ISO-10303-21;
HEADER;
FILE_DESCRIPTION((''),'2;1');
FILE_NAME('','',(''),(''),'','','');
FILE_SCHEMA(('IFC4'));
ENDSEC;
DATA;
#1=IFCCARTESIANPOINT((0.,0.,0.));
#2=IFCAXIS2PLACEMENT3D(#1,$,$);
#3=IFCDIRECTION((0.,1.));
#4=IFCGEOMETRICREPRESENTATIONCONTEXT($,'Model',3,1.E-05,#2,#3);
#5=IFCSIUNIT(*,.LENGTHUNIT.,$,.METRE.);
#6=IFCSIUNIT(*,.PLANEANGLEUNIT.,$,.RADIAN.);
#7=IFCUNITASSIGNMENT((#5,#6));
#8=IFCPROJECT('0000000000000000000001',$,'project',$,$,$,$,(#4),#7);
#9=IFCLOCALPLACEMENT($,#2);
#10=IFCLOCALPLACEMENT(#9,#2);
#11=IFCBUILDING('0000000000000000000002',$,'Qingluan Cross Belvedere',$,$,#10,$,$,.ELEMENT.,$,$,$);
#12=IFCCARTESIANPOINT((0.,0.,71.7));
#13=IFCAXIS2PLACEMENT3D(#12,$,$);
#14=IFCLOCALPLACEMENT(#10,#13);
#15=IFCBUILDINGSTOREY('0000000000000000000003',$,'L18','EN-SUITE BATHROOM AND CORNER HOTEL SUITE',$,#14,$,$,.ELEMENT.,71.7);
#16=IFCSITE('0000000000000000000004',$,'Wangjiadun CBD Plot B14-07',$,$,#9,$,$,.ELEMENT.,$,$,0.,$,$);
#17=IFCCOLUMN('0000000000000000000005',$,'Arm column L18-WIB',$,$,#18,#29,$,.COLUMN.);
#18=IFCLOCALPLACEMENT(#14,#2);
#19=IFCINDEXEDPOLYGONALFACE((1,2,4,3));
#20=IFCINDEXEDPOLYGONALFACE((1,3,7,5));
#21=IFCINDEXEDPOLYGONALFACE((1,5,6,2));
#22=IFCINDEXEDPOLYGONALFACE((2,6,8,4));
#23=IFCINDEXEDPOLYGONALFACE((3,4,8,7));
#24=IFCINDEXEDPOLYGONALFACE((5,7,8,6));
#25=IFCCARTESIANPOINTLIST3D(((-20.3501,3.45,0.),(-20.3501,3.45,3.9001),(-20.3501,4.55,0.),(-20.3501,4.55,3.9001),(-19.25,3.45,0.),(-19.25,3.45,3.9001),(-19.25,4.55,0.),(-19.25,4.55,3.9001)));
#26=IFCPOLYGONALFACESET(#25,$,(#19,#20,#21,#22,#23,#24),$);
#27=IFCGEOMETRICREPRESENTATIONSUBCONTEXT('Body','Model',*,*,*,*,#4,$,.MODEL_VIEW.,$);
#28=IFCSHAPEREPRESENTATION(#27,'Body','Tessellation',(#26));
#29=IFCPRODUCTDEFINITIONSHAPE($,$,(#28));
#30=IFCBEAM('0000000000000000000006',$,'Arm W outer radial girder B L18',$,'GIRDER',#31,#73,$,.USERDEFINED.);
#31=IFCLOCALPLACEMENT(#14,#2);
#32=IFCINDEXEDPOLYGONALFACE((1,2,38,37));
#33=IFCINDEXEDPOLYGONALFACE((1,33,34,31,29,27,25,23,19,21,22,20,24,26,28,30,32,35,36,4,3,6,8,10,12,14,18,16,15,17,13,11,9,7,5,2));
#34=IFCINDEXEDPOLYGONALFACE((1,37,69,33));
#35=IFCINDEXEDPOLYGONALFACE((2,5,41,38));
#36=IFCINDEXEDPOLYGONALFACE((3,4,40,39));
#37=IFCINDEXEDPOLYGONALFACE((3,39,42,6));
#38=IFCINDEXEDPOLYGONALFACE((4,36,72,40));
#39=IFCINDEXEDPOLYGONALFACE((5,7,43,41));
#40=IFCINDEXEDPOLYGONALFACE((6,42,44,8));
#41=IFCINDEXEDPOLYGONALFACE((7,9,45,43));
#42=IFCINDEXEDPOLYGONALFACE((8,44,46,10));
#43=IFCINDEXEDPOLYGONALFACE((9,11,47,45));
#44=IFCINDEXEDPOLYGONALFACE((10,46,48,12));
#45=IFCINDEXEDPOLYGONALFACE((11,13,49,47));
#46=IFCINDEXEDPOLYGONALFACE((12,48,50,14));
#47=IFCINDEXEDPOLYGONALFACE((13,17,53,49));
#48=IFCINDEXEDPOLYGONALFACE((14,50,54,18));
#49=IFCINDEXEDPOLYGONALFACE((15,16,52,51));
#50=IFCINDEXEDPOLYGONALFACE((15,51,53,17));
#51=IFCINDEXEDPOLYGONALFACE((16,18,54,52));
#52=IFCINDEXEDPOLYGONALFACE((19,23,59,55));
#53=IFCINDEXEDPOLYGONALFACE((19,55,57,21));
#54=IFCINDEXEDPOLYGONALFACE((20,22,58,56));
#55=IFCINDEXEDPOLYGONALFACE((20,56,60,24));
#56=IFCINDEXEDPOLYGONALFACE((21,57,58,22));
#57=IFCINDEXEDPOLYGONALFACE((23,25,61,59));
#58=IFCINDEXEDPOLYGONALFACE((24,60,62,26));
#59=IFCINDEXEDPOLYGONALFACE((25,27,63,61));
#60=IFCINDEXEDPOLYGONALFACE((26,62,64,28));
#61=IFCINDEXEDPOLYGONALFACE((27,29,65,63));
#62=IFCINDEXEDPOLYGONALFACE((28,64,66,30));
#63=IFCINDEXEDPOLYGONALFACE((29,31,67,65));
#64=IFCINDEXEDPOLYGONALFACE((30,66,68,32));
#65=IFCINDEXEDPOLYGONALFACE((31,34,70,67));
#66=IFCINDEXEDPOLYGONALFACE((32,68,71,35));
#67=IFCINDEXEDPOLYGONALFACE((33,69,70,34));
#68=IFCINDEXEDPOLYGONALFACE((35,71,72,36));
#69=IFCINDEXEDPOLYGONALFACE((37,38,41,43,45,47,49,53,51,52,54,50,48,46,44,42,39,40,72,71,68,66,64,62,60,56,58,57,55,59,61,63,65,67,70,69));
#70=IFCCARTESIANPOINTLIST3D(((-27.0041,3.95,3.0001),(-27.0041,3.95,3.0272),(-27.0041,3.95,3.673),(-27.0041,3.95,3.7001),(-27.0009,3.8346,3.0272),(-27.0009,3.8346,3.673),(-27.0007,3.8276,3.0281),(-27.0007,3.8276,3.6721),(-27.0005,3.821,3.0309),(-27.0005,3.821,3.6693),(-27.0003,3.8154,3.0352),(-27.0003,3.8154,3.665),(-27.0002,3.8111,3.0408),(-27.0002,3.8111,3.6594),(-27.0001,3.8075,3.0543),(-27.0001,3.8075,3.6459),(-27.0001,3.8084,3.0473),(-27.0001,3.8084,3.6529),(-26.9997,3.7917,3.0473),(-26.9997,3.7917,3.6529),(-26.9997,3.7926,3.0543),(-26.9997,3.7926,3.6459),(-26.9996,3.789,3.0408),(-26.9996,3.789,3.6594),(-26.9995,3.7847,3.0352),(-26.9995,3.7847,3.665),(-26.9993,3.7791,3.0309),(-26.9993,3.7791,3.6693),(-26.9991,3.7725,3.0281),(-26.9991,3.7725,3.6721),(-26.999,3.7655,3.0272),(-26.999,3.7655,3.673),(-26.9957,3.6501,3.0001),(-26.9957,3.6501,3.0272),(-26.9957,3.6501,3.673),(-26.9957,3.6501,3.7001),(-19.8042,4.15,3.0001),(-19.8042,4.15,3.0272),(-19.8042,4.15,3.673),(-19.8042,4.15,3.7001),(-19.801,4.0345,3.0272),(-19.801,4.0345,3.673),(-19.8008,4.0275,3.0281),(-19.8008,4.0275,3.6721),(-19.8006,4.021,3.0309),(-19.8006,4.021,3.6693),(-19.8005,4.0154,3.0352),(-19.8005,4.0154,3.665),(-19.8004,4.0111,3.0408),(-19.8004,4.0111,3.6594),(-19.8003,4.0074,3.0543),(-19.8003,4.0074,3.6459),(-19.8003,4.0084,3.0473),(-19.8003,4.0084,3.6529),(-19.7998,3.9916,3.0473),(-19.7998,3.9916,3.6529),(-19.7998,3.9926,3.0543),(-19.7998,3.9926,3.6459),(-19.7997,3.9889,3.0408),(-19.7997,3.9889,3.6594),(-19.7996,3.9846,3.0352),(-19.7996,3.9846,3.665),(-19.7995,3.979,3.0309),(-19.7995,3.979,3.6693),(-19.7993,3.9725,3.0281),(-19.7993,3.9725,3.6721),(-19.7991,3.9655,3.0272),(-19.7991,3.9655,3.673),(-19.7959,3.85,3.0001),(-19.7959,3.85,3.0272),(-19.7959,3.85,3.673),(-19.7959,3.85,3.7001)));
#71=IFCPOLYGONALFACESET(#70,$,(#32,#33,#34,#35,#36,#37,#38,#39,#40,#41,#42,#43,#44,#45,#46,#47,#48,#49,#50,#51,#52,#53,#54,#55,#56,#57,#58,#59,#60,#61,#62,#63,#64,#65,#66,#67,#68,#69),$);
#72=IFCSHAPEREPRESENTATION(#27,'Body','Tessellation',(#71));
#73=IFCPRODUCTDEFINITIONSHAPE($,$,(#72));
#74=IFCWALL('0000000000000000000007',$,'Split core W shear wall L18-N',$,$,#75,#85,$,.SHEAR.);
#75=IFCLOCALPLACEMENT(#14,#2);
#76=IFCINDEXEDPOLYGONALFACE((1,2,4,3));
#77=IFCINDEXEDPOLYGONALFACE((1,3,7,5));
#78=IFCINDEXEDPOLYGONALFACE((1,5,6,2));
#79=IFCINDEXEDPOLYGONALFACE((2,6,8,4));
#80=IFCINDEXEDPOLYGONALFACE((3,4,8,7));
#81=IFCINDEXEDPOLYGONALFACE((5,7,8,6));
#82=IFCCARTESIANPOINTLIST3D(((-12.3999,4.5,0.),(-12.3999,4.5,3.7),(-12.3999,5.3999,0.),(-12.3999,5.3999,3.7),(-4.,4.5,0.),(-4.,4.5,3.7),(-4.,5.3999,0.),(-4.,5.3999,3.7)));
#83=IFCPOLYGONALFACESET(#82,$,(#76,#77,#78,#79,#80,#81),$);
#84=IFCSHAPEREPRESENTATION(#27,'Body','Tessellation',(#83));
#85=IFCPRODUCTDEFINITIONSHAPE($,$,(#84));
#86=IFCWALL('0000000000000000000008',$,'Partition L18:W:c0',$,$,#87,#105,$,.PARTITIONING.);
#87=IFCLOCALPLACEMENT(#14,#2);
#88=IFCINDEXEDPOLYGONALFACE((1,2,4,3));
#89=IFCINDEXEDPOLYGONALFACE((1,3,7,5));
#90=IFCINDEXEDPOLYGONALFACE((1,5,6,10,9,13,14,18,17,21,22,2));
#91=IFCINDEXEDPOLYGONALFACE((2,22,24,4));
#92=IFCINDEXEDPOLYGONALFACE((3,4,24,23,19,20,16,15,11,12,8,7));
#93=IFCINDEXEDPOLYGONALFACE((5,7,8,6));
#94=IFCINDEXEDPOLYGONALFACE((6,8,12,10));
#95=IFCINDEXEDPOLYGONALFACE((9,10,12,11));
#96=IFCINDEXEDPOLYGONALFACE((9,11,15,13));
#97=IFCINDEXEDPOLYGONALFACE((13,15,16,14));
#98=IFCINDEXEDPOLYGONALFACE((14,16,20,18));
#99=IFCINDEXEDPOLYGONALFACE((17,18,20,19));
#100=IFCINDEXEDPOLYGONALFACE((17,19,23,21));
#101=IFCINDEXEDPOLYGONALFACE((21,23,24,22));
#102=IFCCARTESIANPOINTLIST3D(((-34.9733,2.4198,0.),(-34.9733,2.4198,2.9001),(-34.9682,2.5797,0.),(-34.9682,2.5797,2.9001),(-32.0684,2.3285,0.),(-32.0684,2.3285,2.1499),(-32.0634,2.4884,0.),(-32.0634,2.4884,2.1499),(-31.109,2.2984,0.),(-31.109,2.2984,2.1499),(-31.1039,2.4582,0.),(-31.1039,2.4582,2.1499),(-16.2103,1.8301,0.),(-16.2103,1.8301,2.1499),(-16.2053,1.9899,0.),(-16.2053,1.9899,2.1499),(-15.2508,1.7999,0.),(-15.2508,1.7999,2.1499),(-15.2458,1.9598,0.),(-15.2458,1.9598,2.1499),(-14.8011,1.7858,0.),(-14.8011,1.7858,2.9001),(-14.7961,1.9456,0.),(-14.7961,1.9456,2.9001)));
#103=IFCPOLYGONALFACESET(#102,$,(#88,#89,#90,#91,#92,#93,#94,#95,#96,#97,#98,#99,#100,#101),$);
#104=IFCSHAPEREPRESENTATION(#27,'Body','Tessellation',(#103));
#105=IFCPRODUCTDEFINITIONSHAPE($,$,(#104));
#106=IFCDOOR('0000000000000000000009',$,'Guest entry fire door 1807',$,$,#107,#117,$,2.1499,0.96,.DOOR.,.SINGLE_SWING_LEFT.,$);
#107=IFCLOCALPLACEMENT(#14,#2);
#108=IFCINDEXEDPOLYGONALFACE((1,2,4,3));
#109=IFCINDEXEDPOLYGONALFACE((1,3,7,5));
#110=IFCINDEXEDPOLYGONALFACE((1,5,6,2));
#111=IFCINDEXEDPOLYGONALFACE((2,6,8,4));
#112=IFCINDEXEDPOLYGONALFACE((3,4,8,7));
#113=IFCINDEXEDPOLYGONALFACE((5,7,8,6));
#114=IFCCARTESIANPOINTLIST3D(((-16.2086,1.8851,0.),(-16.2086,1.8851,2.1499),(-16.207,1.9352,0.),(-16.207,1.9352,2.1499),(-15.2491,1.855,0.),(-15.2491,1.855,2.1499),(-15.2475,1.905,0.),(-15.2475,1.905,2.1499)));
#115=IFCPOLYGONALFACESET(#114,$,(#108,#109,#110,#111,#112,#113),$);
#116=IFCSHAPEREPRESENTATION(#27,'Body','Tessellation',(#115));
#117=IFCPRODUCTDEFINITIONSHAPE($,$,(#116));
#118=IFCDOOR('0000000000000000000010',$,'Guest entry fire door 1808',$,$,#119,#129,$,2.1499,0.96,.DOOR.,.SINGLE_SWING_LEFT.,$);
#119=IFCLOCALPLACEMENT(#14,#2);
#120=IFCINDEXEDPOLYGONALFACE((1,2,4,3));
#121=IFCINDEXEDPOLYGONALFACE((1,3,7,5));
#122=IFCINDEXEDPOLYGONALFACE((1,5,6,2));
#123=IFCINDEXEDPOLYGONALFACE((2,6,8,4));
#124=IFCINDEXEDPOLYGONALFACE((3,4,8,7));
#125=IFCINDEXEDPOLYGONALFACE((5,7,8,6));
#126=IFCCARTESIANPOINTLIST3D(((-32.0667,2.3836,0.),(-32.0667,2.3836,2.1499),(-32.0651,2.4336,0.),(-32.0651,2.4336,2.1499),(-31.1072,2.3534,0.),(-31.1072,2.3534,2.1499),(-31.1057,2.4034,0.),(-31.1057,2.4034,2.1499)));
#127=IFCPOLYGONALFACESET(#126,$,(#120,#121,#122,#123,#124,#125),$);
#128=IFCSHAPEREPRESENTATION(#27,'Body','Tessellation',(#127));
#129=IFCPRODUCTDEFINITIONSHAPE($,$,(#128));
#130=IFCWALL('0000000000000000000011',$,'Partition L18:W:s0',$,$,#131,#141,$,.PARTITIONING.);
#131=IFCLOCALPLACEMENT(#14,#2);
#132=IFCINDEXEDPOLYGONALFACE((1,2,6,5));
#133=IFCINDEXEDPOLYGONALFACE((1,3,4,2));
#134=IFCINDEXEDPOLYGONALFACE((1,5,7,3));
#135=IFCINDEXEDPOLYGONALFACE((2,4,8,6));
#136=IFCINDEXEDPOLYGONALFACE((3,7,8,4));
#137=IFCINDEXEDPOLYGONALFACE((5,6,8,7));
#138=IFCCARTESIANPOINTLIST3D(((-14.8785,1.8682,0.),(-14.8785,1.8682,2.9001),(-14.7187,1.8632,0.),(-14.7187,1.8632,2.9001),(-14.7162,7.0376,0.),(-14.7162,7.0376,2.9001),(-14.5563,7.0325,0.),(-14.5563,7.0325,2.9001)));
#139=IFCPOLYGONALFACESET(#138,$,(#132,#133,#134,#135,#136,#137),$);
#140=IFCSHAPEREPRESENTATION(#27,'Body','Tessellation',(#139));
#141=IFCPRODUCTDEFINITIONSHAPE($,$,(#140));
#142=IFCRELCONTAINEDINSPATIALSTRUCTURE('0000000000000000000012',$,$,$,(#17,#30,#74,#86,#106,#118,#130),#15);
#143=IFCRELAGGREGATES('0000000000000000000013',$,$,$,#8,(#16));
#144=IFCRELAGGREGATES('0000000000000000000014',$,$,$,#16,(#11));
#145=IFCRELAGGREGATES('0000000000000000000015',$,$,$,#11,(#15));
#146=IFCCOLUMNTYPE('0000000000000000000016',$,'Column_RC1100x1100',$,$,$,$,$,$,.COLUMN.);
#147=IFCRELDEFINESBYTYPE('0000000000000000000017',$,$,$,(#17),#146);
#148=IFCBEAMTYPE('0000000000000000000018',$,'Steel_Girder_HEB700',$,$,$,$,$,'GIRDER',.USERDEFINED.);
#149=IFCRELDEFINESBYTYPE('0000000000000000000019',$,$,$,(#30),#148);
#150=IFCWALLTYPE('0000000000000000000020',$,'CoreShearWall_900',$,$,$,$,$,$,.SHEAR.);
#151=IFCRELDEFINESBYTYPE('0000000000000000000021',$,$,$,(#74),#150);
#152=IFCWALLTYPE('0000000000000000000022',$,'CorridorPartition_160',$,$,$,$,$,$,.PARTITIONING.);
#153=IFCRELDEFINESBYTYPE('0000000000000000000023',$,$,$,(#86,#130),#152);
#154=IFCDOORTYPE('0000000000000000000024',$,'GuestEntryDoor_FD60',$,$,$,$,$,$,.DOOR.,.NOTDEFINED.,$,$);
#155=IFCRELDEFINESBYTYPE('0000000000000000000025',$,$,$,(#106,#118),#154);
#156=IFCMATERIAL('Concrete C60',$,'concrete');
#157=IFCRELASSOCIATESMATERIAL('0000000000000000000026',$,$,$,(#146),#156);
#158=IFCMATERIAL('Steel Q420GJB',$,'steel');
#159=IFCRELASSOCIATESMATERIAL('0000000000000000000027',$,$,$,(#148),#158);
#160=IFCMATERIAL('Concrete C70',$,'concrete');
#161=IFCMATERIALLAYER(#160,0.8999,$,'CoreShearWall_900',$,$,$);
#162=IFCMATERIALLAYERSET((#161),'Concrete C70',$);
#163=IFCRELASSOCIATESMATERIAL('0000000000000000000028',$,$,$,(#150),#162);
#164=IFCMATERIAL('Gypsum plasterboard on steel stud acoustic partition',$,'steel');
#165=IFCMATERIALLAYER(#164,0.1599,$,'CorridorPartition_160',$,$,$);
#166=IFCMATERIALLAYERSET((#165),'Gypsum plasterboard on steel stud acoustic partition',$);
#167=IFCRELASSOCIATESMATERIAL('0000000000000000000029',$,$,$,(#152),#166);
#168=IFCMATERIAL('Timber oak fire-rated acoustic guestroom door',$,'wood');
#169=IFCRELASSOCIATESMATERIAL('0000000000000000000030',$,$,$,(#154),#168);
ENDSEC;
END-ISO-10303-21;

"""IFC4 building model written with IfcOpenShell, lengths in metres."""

from ifc_helpers import new_model, si_unit, direction, frame, frame_2d, origin, origin_2d, place, context, subcontext, project, spatial, rectangle, i_section, extrude, material, layer, layer_set, material_profile, profile_set, type_object, element, fill, save


model = new_model("IFC4")

# Units and contexts
model_context = context("Model", 3, precision=1e-05, world=origin(), true_north=direction((0.0, 1.0)))
body_context = subcontext(model_context, "Body", "Model", "MODEL_VIEW")
ifc_project = project(units=[si_unit("LENGTHUNIT", "METRE"), si_unit("PLANEANGLEUNIT", "RADIAN")], contexts=[model_context])

# Site, building, storey
site_placement = place(None, origin())
site = spatial("IfcSite", under=ifc_project, at=site_placement, Name="Wangjiadun CBD Plot B14-07", CompositionType="ELEMENT", RefElevation=0.0)
building_placement = place(site_placement, origin())
building = spatial("IfcBuilding", under=site, at=building_placement, Name="Qingluan Cross Belvedere", CompositionType="ELEMENT")
storey_placement = place(building_placement, frame((0.0, 0.0, 71.7)))
storey = spatial("IfcBuildingStorey", under=building, at=storey_placement, Name="L18", Description="EN-SUITE BATHROOM AND CORNER HOTEL SUITE", CompositionType="ELEMENT", Elevation=71.7)

# Column
ifc_material_1 = material(Name="Concrete C60", Category="concrete")
ifc_material_profile_1 = material_profile(ifc_material_1, rectangle(XDim=1.1001, YDim=1.1001, at=origin_2d()), Name="RC1100x1100")
ifc_profile_set_1 = profile_set([ifc_material_profile_1], Name="Concrete C60")
column_type = type_object("IfcColumnType", Name="Column_RC1100x1100", PredefinedType="COLUMN", material=ifc_profile_set_1)
column_placement = place(storey_placement, frame((-19.8, 4.0, 0.0), z_axis=(0.0, 0.0, 1.0), x_axis=(1.0, 0.0, 0.0)))
element("IfcColumn", 1, at=column_placement, inside=storey, type_object=column_type, Name="Arm column L18-WIB", PredefinedType="COLUMN", context=body_context, shape_type="SweptSolid", body=[
    extrude(rectangle(XDim=1.1001, YDim=1.1001, at=origin_2d()), origin(), (0.0, 0.0, 1.0), 3.9001),
])

# Beam
ifc_material_2 = material(Name="Steel Q420GJB", Category="steel")
ifc_material_profile_2 = material_profile(ifc_material_2, i_section(OverallWidth=0.3, OverallDepth=0.7, WebThickness=0.0149, FlangeThickness=0.0271, FilletRadius=0.0271, at=origin_2d()), Name="HEB700")
ifc_profile_set_2 = profile_set([ifc_material_profile_2], Name="Steel Q420GJB")
beam_type = type_object("IfcBeamType", Name="Steel_Girder_HEB700", ElementType="GIRDER", PredefinedType="USERDEFINED", material=ifc_profile_set_2)
beam_placement = place(storey_placement, frame((-19.8, 4.0, 3.3501), z_axis=(-0.999615, -0.02776, 0.0), x_axis=(0.02776, -0.999615, 0.0)))
element("IfcBeam", 2, at=beam_placement, inside=storey, type_object=beam_type, Name="Arm W outer radial girder B L18", ObjectType="GIRDER", PredefinedType="USERDEFINED", context=body_context, shape_type="SweptSolid", body=[
    extrude(i_section(OverallWidth=0.3, OverallDepth=0.7, WebThickness=0.0149, FlangeThickness=0.0271, FilletRadius=0.0271, at=origin_2d()), origin(), (0.0, 0.0, 1.0), 7.2026),
])

# Wall
ifc_material_3 = material(Name="Concrete C70", Category="concrete")
ifc_layer_1 = layer(ifc_material_3, 0.8999, Name="CoreShearWall_900")
ifc_layer_set_1 = layer_set([ifc_layer_1], Name="Concrete C70")
wall_type_1 = type_object("IfcWallType", Name="CoreShearWall_900", PredefinedType="SHEAR", material=ifc_layer_set_1)
wall_1_placement = place(storey_placement, frame((-12.3999, 4.95, 0.0), z_axis=(0.0, 0.0, 1.0), x_axis=(1.0, 0.0, 0.0)))
element("IfcWall", 3, at=wall_1_placement, inside=storey, type_object=wall_type_1, Name="Split core W shear wall L18-N", PredefinedType="SHEAR", context=body_context, shape_type="SweptSolid", body=[
    extrude(rectangle(XDim=8.3999, YDim=0.8999, at=frame_2d((4.2, 0.0))), origin(), (0.0, 0.0, 1.0), 3.7),
])

# Wall, openings, doors
ifc_material_4 = material(Name="Gypsum plasterboard on steel stud acoustic partition", Category="steel")
ifc_layer_2 = layer(ifc_material_4, 0.1599, Name="CorridorPartition_160")
ifc_layer_set_2 = layer_set([ifc_layer_2], Name="Gypsum plasterboard on steel stud acoustic partition")
wall_type_2 = type_object("IfcWallType", Name="CorridorPartition_160", PredefinedType="PARTITIONING", material=ifc_layer_set_2)
wall_2_placement = place(storey_placement, frame((-14.7986, 1.8657, 0.0), z_axis=(0.0, 0.0, 1.0), x_axis=(-0.999506, 0.031416, 0.0)))
wall_2 = element("IfcWall", 4, at=wall_2_placement, inside=storey, type_object=wall_type_2, Name="Partition L18:W:c0", PredefinedType="PARTITIONING", context=body_context, shape_type="SweptSolid", body=[
    extrude(rectangle(XDim=20.1821, YDim=0.1599, at=frame_2d((10.0911, 0.0))), origin(), (0.0, 0.0, 1.0), 2.9001),
])
opening_1_placement = place(wall_2_placement, frame((0.45, 0.0, 0.0)))
opening_1 = element("IfcOpeningElement", 5, at=opening_1_placement, cuts=wall_2, PredefinedType="OPENING", context=body_context, shape_type="SweptSolid", body=[
    extrude(rectangle(XDim=0.96, YDim=2.1499, at=frame_2d((0.48, 1.075))), frame((0.0, 0.0898, 0.0), z_axis=(0.0, -1.0, 0.0), x_axis=(1.0, 0.0, 0.0)), (0.0, 0.0, 1.0), 0.1799),
])
opening_2_placement = place(wall_2_placement, frame((16.3159, 0.0, 0.0)))
opening_2 = element("IfcOpeningElement", 6, at=opening_2_placement, cuts=wall_2, PredefinedType="OPENING", context=body_context, shape_type="SweptSolid", body=[
    extrude(rectangle(XDim=0.96, YDim=2.1499, at=frame_2d((0.48, 1.075))), frame((0.0, 0.0898, 0.0), z_axis=(0.0, -1.0, 0.0), x_axis=(1.0, 0.0, 0.0)), (0.0, 0.0, 1.0), 0.1799),
])
ifc_material_5 = material(Name="Timber oak fire-rated acoustic guestroom door", Category="wood")
door_type = type_object("IfcDoorType", Name="GuestEntryDoor_FD60", OperationType="NOTDEFINED", PredefinedType="DOOR", material=ifc_material_5)
door_1_placement = place(opening_1_placement, origin())
door_1 = element("IfcDoor", 7, at=door_1_placement, inside=storey, type_object=door_type, Name="Guest entry fire door 1807", OperationType="SINGLE_SWING_LEFT", OverallHeight=2.1499, OverallWidth=0.96, PredefinedType="DOOR", context=body_context, shape_type="SweptSolid", body=[
    extrude(rectangle(XDim=0.96, YDim=2.1499, at=frame_2d((0.48, 1.075))), frame((0.0, 0.0249, 0.0), z_axis=(0.0, -1.0, 0.0), x_axis=(1.0, 0.0, 0.0)), (0.0, 0.0, 1.0), 0.05),
])
fill(opening_1, door_1)
door_2_placement = place(opening_2_placement, origin())
door_2 = element("IfcDoor", 8, at=door_2_placement, inside=storey, type_object=door_type, Name="Guest entry fire door 1808", OperationType="SINGLE_SWING_LEFT", OverallHeight=2.1499, OverallWidth=0.96, PredefinedType="DOOR", context=body_context, shape_type="SweptSolid", body=[
    extrude(rectangle(XDim=0.96, YDim=2.1499, at=frame_2d((0.48, 1.075))), frame((0.0, 0.0249, 0.0), z_axis=(0.0, -1.0, 0.0), x_axis=(1.0, 0.0, 0.0)), (0.0, 0.0, 1.0), 0.05),
])
fill(opening_2, door_2)

# Wall
wall_3_placement = place(storey_placement, frame((-14.7986, 1.8657, 0.0), z_axis=(0.0, 0.0, 1.0), x_axis=(0.031391, 0.999507, 0.0)))
element("IfcWall", 9, at=wall_3_placement, inside=storey, type_object=wall_type_2, Name="Partition L18:W:s0", PredefinedType="PARTITIONING", context=body_context, shape_type="SweptSolid", body=[
    extrude(rectangle(XDim=5.1719, YDim=0.1599, at=frame_2d((2.5859, 0.0))), origin(), (0.0, 0.0, 1.0), 2.9001),
])

save(model, "model.ifc")
